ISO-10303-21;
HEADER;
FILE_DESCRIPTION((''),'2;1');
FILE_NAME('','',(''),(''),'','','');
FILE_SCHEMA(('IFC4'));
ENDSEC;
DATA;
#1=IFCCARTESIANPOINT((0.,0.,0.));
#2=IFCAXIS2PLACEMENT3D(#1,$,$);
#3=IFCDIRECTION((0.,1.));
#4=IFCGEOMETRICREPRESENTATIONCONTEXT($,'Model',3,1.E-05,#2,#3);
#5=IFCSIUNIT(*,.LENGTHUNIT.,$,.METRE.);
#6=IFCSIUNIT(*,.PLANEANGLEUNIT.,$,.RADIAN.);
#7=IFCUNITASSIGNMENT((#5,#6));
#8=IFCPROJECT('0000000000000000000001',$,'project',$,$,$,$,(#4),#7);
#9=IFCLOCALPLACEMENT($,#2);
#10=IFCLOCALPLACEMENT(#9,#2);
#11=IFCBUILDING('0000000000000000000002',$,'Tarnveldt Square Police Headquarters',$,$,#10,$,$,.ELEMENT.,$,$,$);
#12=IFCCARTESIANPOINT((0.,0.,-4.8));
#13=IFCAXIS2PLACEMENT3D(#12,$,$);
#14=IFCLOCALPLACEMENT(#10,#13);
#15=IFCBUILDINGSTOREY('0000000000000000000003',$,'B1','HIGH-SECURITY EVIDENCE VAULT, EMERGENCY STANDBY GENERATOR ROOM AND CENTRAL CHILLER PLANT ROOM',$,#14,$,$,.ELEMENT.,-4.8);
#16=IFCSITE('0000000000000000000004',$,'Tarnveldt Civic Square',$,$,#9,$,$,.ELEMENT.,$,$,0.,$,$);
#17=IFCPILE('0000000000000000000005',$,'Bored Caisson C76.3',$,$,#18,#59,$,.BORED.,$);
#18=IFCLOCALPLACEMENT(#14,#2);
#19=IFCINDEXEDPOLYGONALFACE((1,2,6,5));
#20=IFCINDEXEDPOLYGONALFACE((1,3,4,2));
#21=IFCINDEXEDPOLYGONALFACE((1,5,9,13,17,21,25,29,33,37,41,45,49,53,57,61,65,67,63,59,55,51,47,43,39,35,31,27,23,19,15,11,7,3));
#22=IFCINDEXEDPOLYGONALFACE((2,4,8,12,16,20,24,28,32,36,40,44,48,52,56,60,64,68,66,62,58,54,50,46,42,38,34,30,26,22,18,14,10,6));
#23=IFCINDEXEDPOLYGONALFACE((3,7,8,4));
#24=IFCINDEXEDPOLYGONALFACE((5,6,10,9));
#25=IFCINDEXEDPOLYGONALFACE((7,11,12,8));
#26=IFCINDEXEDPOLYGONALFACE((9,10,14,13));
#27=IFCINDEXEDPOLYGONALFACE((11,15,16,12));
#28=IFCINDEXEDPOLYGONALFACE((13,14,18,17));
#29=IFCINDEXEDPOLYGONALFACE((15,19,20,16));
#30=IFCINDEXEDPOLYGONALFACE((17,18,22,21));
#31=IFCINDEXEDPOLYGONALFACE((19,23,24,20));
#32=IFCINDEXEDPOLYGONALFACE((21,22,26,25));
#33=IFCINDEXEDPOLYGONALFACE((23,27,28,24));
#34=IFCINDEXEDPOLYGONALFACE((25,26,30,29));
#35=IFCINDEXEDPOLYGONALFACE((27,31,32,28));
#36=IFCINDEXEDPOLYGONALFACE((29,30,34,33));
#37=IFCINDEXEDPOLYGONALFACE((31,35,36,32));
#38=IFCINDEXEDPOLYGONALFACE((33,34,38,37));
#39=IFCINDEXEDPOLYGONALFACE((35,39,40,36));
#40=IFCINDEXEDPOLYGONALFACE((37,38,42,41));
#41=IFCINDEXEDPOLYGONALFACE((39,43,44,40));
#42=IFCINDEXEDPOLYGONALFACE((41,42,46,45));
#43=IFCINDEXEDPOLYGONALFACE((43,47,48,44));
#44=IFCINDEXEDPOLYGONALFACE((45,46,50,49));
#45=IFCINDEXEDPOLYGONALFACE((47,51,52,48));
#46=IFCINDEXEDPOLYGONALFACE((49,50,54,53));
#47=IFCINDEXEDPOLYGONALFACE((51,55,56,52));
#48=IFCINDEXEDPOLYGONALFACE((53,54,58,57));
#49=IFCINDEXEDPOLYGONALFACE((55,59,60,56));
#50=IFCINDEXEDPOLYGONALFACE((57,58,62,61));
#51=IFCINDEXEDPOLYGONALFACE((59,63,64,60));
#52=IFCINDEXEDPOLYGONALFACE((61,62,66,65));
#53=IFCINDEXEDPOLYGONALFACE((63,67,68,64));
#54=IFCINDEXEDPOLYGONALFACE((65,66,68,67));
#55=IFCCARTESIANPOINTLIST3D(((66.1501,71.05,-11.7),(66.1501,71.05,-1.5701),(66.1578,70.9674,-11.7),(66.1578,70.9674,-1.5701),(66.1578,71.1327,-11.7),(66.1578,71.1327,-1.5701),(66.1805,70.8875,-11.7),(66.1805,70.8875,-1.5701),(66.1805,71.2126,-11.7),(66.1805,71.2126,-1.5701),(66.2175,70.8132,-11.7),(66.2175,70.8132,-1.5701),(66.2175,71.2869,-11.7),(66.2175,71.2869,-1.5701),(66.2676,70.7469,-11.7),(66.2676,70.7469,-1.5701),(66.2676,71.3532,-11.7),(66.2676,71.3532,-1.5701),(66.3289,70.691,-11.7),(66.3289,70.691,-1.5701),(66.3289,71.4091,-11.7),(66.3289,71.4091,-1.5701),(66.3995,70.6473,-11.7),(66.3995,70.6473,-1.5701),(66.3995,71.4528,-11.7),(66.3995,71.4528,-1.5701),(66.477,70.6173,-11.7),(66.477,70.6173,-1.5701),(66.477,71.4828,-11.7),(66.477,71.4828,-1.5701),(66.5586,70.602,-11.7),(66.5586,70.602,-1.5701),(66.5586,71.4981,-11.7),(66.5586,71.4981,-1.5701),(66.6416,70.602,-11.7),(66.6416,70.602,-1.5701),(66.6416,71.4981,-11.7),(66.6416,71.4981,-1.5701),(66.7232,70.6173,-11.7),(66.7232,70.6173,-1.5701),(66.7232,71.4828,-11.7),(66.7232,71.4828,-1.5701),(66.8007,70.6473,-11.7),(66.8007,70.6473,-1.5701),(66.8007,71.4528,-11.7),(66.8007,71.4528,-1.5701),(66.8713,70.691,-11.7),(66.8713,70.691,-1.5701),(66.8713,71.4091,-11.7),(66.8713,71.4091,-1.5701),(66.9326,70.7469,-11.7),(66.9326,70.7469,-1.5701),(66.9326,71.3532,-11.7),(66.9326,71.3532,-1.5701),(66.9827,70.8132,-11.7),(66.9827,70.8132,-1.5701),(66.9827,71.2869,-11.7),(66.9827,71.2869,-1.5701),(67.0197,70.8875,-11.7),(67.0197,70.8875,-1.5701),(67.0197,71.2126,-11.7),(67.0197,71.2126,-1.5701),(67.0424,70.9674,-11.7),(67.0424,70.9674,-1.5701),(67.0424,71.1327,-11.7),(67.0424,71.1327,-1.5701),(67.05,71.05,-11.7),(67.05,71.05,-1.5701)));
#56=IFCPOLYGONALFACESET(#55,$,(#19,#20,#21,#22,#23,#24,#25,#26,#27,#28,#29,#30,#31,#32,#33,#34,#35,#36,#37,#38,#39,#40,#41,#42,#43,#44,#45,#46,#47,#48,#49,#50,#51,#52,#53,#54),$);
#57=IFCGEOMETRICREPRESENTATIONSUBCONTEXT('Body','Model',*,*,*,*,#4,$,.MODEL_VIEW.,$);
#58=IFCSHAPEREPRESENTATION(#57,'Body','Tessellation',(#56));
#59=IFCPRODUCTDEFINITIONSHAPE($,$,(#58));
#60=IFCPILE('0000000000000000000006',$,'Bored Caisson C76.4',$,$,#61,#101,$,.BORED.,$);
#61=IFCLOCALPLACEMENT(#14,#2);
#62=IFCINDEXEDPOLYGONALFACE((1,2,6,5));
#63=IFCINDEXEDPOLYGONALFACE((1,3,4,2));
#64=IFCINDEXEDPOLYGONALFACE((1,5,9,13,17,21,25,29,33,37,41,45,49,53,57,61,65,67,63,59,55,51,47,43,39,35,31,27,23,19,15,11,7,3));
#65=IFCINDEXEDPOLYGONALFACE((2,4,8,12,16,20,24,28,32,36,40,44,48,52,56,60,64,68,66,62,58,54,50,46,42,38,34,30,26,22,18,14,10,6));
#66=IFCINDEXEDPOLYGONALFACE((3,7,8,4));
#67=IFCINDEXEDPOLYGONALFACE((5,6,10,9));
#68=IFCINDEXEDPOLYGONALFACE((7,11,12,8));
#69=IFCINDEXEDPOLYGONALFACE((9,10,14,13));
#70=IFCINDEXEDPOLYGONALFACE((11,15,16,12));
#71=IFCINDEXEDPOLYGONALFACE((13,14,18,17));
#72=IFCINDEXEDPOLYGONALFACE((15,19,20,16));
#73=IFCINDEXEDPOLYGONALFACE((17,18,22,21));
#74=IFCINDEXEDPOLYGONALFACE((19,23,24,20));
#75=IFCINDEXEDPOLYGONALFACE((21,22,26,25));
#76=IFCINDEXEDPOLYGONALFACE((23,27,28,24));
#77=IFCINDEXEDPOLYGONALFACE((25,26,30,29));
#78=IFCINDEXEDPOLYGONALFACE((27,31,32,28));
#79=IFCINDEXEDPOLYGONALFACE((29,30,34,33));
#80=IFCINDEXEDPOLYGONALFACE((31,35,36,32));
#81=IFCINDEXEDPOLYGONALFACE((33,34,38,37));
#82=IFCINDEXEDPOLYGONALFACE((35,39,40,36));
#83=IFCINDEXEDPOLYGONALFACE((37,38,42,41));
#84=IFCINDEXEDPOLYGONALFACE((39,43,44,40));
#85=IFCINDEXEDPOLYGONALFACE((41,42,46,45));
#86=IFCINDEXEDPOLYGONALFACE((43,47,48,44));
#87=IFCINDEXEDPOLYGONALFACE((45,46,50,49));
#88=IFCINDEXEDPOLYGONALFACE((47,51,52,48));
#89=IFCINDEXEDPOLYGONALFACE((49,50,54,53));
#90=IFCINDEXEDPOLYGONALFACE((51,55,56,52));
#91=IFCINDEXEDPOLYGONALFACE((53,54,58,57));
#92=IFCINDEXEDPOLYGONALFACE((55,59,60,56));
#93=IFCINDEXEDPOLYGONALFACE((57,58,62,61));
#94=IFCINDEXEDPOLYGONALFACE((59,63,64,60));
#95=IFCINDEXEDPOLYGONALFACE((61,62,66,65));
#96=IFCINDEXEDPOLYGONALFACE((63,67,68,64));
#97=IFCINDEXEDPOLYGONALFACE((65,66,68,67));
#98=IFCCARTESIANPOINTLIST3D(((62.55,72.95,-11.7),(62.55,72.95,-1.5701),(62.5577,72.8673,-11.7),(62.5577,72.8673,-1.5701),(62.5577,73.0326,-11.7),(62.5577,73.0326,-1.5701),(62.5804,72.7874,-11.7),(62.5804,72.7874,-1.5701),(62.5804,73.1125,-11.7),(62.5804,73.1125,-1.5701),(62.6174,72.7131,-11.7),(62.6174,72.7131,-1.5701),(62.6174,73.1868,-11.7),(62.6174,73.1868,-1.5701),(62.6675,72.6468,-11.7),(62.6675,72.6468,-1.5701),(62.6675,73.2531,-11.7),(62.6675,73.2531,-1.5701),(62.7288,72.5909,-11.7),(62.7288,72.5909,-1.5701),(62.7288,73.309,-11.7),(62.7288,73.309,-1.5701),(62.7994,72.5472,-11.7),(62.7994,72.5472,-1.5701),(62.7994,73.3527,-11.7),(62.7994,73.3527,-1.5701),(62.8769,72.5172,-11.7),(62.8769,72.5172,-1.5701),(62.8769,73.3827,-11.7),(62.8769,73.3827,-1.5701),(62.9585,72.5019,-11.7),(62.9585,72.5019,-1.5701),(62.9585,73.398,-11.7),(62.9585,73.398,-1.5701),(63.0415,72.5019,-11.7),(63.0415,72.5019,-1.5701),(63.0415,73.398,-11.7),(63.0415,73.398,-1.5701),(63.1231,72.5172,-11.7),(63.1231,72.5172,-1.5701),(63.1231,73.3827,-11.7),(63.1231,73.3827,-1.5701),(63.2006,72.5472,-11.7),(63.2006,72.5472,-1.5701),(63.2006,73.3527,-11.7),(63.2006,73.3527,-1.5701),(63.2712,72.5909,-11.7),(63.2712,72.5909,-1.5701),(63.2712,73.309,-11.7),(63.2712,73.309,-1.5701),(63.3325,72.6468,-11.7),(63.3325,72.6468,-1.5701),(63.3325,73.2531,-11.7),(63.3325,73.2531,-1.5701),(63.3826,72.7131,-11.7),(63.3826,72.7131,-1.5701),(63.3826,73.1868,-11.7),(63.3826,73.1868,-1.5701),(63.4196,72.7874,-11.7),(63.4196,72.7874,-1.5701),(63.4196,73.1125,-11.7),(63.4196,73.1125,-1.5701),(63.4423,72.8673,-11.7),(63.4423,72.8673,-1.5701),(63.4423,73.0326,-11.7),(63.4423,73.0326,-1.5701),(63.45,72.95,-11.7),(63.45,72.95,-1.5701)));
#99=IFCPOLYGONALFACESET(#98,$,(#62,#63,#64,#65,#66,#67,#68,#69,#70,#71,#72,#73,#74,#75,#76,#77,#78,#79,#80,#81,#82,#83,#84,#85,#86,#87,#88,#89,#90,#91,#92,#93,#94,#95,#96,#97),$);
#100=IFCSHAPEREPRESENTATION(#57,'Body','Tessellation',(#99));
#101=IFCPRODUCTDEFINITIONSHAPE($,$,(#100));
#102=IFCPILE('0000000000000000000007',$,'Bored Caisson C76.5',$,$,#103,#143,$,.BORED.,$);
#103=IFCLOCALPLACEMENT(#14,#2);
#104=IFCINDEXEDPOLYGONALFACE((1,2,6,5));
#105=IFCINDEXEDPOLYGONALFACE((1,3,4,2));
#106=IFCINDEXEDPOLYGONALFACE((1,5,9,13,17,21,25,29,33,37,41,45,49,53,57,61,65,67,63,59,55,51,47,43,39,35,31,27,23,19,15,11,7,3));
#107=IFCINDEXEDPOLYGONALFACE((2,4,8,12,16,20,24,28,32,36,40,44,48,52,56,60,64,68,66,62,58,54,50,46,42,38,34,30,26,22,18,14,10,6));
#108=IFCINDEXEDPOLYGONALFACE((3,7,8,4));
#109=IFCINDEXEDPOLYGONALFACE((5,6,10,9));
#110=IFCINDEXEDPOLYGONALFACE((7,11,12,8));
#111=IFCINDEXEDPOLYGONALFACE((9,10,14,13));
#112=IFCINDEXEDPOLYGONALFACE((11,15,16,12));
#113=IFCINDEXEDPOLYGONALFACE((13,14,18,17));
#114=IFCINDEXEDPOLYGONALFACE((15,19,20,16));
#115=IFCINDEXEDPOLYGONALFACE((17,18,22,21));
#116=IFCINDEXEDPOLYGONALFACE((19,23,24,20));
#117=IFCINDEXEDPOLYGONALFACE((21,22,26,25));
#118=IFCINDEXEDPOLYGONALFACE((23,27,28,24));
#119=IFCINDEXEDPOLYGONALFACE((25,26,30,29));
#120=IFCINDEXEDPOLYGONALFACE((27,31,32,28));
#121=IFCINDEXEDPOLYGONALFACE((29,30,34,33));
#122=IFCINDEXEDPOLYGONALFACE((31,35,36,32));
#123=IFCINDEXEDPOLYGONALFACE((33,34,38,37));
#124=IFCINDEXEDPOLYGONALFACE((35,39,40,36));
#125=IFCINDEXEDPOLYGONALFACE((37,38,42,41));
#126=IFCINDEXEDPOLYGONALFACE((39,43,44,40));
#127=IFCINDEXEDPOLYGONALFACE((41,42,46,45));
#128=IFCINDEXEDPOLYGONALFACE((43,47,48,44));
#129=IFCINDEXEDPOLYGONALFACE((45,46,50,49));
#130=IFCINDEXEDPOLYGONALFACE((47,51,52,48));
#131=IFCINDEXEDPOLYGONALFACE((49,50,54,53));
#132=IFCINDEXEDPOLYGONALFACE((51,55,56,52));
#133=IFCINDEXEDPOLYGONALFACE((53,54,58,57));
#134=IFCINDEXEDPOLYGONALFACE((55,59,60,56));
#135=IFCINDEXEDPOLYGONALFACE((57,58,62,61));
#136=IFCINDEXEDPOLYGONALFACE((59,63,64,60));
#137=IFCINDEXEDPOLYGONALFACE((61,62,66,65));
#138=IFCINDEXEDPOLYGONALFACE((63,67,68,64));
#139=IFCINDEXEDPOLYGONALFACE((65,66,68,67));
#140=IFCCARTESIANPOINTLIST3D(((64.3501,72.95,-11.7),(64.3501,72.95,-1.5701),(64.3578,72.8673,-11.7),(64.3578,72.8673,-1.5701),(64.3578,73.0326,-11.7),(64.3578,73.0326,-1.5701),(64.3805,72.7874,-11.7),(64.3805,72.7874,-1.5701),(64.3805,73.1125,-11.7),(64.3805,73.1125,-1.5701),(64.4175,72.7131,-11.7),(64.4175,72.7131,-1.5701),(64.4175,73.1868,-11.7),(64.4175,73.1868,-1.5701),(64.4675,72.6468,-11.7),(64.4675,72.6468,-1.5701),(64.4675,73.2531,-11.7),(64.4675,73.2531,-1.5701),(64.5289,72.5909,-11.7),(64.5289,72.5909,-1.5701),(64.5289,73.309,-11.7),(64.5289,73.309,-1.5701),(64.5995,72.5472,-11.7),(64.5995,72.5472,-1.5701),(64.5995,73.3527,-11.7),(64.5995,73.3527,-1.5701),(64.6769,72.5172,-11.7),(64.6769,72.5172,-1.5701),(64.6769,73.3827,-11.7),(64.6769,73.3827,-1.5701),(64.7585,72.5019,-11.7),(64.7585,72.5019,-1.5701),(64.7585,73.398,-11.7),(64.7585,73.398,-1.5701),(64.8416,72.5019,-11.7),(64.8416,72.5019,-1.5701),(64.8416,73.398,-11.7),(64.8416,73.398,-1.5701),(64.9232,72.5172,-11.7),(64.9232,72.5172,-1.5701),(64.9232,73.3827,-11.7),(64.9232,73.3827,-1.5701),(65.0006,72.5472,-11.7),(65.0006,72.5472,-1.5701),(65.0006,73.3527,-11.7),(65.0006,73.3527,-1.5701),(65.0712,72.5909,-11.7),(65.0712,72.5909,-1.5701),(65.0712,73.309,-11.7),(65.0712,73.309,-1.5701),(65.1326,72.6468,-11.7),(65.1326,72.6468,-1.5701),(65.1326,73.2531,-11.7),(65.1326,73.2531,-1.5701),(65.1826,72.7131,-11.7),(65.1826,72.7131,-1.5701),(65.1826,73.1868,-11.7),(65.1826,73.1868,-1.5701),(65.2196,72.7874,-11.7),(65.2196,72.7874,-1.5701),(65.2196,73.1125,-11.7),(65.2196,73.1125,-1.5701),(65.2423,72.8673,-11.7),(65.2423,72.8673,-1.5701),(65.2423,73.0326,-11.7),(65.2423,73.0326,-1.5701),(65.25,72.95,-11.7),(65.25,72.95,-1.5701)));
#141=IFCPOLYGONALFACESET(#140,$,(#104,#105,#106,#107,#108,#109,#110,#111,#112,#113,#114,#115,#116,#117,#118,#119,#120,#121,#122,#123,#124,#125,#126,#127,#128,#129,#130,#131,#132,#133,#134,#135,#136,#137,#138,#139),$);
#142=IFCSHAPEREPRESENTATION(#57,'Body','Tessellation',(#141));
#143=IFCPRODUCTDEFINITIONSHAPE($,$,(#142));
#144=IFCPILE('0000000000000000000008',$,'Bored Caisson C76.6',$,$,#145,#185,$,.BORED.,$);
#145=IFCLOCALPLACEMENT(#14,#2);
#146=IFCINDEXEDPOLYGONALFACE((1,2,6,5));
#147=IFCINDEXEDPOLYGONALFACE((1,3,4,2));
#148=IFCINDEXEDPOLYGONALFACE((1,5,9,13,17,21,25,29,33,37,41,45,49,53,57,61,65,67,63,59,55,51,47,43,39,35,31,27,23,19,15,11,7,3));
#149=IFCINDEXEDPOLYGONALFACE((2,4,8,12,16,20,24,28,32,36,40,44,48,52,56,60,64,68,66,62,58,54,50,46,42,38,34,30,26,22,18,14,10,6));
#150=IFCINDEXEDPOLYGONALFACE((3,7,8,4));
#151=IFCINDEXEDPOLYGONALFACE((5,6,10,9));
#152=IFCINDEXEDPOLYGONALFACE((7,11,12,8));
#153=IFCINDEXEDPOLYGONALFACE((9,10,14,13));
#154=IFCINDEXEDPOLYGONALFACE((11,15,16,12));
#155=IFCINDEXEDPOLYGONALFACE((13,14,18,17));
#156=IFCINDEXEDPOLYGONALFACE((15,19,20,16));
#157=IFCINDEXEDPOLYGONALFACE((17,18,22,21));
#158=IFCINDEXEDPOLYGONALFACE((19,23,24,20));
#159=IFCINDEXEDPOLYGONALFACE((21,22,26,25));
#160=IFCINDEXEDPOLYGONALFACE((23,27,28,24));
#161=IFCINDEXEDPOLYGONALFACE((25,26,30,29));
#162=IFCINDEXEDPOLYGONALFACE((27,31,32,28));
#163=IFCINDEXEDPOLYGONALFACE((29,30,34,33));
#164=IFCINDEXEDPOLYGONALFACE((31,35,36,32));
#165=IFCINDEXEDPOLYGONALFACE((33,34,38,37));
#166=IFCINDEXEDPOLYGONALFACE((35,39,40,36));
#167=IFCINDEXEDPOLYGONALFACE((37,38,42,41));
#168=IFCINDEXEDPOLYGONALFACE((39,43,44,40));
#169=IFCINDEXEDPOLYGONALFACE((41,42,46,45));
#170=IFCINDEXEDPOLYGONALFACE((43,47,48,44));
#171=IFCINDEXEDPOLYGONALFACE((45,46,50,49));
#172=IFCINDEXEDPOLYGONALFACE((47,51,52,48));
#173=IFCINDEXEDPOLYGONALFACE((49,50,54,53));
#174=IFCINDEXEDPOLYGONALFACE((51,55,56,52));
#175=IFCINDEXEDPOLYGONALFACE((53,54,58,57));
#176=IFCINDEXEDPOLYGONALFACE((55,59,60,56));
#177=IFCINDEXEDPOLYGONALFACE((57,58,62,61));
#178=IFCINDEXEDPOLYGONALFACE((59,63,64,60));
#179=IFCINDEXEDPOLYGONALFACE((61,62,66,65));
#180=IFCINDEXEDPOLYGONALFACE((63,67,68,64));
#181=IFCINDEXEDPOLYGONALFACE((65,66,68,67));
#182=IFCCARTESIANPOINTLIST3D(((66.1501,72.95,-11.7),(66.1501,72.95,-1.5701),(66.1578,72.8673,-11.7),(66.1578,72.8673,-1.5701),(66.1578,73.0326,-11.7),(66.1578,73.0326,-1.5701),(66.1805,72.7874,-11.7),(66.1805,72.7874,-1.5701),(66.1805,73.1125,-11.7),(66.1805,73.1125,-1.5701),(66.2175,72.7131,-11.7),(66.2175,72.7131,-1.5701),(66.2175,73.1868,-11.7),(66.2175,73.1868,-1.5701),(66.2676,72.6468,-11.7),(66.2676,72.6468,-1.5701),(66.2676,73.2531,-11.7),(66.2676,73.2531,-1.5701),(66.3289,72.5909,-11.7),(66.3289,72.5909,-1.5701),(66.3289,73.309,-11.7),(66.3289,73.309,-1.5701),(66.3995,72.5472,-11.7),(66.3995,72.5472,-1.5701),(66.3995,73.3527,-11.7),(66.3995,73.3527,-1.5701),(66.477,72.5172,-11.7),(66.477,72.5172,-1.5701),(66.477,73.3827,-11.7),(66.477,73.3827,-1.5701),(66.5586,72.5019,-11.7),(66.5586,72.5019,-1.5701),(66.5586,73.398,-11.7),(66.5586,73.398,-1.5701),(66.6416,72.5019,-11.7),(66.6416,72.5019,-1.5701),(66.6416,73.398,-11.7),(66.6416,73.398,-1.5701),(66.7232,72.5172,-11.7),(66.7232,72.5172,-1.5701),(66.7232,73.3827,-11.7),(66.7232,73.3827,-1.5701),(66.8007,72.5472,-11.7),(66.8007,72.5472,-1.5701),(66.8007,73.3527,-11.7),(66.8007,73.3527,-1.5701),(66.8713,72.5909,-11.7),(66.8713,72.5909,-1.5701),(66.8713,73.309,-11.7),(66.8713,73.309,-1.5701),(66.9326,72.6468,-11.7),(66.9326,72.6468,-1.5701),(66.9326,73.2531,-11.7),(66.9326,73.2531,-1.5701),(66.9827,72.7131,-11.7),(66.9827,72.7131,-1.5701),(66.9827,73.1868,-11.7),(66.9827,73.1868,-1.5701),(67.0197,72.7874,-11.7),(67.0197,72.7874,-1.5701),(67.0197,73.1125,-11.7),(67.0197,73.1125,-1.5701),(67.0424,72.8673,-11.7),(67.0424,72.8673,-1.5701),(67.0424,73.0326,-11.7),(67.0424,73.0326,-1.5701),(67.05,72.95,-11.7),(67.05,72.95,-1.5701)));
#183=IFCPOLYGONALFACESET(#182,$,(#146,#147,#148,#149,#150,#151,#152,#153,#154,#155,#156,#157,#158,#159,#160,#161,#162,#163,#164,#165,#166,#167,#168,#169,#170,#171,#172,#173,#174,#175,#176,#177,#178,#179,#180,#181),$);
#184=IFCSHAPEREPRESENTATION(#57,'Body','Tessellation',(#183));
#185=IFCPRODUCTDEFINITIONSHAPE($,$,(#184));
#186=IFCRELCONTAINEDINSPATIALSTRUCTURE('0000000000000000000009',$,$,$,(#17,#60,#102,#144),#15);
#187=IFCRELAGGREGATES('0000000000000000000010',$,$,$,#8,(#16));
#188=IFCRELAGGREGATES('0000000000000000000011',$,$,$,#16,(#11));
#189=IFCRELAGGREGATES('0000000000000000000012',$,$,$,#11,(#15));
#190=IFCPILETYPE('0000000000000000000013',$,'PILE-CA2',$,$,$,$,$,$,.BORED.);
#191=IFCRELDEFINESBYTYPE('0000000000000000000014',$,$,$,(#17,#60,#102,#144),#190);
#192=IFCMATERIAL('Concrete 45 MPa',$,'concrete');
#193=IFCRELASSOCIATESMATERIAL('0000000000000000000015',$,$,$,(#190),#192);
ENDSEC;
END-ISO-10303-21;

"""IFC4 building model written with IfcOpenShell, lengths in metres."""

from ifc_helpers import new_model, si_unit, direction, frame, origin, origin_2d, place, context, subcontext, project, spatial, circle, extrude, material, material_profile, profile_set, type_object, element, save


model = new_model("IFC4")

# Units and contexts
model_context = context("Model", 3, precision=1e-05, world=origin(), true_north=direction((0.0, 1.0)))
body_context = subcontext(model_context, "Body", "Model", "MODEL_VIEW")
ifc_project = project(units=[si_unit("LENGTHUNIT", "METRE"), si_unit("PLANEANGLEUNIT", "RADIAN")], contexts=[model_context])

# Site, building, storey
site_placement = place(None, origin())
site = spatial("IfcSite", under=ifc_project, at=site_placement, Name="Tarnveldt Civic Square", CompositionType="ELEMENT", RefElevation=0.0)
building_placement = place(site_placement, origin())
building = spatial("IfcBuilding", under=site, at=building_placement, Name="Tarnveldt Square Police Headquarters", CompositionType="ELEMENT")
storey_placement = place(building_placement, frame((0.0, 0.0, -4.8)))
storey = spatial("IfcBuildingStorey", under=building, at=storey_placement, Name="B1", Description="HIGH-SECURITY EVIDENCE VAULT, EMERGENCY STANDBY GENERATOR ROOM AND CENTRAL CHILLER PLANT ROOM", CompositionType="ELEMENT", Elevation=-4.8)

# Shared definitions
ifc_material_1 = material(Name="Concrete 45 MPa", Category="concrete")

# Piles
ifc_material_profile_1 = material_profile(ifc_material_1, circle(Radius=0.45, at=origin_2d()), Name="CAISSON-D900")
ifc_profile_set_1 = profile_set([ifc_material_profile_1], Name="Concrete 45 MPa")
pile_type = type_object("IfcPileType", Name="PILE-CA2", PredefinedType="BORED", material=ifc_profile_set_1)
for number, where, z_axis, x_axis, name in (
    (1, (66.6001, 71.05, -1.5701), (0.0, 0.0, -1.0), (1.0, 0.0, 0.0), "Bored Caisson C76.3"),
    (2, (63.0, 72.95, -1.5701), (0.0, 0.0, -1.0), (1.0, 0.0, 0.0), "Bored Caisson C76.4"),
    (3, (64.8, 72.95, -1.5701), (0.0, 0.0, -1.0), (1.0, 0.0, 0.0), "Bored Caisson C76.5"),
    (4, (66.6001, 72.95, -1.5701), (0.0, 0.0, -1.0), (1.0, 0.0, 0.0), "Bored Caisson C76.6"),
):
    element("IfcPile", number, at=place(storey_placement, frame(where, z_axis=z_axis, x_axis=x_axis)), inside=storey, type_object=pile_type, Name=name, PredefinedType="BORED", context=body_context, shape_type="SweptSolid", body=[
        extrude(circle(Radius=0.45, at=origin_2d()), origin(), (0.0, 0.0, 1.0), 10.1299),
    ])

save(model, "model.ifc")
